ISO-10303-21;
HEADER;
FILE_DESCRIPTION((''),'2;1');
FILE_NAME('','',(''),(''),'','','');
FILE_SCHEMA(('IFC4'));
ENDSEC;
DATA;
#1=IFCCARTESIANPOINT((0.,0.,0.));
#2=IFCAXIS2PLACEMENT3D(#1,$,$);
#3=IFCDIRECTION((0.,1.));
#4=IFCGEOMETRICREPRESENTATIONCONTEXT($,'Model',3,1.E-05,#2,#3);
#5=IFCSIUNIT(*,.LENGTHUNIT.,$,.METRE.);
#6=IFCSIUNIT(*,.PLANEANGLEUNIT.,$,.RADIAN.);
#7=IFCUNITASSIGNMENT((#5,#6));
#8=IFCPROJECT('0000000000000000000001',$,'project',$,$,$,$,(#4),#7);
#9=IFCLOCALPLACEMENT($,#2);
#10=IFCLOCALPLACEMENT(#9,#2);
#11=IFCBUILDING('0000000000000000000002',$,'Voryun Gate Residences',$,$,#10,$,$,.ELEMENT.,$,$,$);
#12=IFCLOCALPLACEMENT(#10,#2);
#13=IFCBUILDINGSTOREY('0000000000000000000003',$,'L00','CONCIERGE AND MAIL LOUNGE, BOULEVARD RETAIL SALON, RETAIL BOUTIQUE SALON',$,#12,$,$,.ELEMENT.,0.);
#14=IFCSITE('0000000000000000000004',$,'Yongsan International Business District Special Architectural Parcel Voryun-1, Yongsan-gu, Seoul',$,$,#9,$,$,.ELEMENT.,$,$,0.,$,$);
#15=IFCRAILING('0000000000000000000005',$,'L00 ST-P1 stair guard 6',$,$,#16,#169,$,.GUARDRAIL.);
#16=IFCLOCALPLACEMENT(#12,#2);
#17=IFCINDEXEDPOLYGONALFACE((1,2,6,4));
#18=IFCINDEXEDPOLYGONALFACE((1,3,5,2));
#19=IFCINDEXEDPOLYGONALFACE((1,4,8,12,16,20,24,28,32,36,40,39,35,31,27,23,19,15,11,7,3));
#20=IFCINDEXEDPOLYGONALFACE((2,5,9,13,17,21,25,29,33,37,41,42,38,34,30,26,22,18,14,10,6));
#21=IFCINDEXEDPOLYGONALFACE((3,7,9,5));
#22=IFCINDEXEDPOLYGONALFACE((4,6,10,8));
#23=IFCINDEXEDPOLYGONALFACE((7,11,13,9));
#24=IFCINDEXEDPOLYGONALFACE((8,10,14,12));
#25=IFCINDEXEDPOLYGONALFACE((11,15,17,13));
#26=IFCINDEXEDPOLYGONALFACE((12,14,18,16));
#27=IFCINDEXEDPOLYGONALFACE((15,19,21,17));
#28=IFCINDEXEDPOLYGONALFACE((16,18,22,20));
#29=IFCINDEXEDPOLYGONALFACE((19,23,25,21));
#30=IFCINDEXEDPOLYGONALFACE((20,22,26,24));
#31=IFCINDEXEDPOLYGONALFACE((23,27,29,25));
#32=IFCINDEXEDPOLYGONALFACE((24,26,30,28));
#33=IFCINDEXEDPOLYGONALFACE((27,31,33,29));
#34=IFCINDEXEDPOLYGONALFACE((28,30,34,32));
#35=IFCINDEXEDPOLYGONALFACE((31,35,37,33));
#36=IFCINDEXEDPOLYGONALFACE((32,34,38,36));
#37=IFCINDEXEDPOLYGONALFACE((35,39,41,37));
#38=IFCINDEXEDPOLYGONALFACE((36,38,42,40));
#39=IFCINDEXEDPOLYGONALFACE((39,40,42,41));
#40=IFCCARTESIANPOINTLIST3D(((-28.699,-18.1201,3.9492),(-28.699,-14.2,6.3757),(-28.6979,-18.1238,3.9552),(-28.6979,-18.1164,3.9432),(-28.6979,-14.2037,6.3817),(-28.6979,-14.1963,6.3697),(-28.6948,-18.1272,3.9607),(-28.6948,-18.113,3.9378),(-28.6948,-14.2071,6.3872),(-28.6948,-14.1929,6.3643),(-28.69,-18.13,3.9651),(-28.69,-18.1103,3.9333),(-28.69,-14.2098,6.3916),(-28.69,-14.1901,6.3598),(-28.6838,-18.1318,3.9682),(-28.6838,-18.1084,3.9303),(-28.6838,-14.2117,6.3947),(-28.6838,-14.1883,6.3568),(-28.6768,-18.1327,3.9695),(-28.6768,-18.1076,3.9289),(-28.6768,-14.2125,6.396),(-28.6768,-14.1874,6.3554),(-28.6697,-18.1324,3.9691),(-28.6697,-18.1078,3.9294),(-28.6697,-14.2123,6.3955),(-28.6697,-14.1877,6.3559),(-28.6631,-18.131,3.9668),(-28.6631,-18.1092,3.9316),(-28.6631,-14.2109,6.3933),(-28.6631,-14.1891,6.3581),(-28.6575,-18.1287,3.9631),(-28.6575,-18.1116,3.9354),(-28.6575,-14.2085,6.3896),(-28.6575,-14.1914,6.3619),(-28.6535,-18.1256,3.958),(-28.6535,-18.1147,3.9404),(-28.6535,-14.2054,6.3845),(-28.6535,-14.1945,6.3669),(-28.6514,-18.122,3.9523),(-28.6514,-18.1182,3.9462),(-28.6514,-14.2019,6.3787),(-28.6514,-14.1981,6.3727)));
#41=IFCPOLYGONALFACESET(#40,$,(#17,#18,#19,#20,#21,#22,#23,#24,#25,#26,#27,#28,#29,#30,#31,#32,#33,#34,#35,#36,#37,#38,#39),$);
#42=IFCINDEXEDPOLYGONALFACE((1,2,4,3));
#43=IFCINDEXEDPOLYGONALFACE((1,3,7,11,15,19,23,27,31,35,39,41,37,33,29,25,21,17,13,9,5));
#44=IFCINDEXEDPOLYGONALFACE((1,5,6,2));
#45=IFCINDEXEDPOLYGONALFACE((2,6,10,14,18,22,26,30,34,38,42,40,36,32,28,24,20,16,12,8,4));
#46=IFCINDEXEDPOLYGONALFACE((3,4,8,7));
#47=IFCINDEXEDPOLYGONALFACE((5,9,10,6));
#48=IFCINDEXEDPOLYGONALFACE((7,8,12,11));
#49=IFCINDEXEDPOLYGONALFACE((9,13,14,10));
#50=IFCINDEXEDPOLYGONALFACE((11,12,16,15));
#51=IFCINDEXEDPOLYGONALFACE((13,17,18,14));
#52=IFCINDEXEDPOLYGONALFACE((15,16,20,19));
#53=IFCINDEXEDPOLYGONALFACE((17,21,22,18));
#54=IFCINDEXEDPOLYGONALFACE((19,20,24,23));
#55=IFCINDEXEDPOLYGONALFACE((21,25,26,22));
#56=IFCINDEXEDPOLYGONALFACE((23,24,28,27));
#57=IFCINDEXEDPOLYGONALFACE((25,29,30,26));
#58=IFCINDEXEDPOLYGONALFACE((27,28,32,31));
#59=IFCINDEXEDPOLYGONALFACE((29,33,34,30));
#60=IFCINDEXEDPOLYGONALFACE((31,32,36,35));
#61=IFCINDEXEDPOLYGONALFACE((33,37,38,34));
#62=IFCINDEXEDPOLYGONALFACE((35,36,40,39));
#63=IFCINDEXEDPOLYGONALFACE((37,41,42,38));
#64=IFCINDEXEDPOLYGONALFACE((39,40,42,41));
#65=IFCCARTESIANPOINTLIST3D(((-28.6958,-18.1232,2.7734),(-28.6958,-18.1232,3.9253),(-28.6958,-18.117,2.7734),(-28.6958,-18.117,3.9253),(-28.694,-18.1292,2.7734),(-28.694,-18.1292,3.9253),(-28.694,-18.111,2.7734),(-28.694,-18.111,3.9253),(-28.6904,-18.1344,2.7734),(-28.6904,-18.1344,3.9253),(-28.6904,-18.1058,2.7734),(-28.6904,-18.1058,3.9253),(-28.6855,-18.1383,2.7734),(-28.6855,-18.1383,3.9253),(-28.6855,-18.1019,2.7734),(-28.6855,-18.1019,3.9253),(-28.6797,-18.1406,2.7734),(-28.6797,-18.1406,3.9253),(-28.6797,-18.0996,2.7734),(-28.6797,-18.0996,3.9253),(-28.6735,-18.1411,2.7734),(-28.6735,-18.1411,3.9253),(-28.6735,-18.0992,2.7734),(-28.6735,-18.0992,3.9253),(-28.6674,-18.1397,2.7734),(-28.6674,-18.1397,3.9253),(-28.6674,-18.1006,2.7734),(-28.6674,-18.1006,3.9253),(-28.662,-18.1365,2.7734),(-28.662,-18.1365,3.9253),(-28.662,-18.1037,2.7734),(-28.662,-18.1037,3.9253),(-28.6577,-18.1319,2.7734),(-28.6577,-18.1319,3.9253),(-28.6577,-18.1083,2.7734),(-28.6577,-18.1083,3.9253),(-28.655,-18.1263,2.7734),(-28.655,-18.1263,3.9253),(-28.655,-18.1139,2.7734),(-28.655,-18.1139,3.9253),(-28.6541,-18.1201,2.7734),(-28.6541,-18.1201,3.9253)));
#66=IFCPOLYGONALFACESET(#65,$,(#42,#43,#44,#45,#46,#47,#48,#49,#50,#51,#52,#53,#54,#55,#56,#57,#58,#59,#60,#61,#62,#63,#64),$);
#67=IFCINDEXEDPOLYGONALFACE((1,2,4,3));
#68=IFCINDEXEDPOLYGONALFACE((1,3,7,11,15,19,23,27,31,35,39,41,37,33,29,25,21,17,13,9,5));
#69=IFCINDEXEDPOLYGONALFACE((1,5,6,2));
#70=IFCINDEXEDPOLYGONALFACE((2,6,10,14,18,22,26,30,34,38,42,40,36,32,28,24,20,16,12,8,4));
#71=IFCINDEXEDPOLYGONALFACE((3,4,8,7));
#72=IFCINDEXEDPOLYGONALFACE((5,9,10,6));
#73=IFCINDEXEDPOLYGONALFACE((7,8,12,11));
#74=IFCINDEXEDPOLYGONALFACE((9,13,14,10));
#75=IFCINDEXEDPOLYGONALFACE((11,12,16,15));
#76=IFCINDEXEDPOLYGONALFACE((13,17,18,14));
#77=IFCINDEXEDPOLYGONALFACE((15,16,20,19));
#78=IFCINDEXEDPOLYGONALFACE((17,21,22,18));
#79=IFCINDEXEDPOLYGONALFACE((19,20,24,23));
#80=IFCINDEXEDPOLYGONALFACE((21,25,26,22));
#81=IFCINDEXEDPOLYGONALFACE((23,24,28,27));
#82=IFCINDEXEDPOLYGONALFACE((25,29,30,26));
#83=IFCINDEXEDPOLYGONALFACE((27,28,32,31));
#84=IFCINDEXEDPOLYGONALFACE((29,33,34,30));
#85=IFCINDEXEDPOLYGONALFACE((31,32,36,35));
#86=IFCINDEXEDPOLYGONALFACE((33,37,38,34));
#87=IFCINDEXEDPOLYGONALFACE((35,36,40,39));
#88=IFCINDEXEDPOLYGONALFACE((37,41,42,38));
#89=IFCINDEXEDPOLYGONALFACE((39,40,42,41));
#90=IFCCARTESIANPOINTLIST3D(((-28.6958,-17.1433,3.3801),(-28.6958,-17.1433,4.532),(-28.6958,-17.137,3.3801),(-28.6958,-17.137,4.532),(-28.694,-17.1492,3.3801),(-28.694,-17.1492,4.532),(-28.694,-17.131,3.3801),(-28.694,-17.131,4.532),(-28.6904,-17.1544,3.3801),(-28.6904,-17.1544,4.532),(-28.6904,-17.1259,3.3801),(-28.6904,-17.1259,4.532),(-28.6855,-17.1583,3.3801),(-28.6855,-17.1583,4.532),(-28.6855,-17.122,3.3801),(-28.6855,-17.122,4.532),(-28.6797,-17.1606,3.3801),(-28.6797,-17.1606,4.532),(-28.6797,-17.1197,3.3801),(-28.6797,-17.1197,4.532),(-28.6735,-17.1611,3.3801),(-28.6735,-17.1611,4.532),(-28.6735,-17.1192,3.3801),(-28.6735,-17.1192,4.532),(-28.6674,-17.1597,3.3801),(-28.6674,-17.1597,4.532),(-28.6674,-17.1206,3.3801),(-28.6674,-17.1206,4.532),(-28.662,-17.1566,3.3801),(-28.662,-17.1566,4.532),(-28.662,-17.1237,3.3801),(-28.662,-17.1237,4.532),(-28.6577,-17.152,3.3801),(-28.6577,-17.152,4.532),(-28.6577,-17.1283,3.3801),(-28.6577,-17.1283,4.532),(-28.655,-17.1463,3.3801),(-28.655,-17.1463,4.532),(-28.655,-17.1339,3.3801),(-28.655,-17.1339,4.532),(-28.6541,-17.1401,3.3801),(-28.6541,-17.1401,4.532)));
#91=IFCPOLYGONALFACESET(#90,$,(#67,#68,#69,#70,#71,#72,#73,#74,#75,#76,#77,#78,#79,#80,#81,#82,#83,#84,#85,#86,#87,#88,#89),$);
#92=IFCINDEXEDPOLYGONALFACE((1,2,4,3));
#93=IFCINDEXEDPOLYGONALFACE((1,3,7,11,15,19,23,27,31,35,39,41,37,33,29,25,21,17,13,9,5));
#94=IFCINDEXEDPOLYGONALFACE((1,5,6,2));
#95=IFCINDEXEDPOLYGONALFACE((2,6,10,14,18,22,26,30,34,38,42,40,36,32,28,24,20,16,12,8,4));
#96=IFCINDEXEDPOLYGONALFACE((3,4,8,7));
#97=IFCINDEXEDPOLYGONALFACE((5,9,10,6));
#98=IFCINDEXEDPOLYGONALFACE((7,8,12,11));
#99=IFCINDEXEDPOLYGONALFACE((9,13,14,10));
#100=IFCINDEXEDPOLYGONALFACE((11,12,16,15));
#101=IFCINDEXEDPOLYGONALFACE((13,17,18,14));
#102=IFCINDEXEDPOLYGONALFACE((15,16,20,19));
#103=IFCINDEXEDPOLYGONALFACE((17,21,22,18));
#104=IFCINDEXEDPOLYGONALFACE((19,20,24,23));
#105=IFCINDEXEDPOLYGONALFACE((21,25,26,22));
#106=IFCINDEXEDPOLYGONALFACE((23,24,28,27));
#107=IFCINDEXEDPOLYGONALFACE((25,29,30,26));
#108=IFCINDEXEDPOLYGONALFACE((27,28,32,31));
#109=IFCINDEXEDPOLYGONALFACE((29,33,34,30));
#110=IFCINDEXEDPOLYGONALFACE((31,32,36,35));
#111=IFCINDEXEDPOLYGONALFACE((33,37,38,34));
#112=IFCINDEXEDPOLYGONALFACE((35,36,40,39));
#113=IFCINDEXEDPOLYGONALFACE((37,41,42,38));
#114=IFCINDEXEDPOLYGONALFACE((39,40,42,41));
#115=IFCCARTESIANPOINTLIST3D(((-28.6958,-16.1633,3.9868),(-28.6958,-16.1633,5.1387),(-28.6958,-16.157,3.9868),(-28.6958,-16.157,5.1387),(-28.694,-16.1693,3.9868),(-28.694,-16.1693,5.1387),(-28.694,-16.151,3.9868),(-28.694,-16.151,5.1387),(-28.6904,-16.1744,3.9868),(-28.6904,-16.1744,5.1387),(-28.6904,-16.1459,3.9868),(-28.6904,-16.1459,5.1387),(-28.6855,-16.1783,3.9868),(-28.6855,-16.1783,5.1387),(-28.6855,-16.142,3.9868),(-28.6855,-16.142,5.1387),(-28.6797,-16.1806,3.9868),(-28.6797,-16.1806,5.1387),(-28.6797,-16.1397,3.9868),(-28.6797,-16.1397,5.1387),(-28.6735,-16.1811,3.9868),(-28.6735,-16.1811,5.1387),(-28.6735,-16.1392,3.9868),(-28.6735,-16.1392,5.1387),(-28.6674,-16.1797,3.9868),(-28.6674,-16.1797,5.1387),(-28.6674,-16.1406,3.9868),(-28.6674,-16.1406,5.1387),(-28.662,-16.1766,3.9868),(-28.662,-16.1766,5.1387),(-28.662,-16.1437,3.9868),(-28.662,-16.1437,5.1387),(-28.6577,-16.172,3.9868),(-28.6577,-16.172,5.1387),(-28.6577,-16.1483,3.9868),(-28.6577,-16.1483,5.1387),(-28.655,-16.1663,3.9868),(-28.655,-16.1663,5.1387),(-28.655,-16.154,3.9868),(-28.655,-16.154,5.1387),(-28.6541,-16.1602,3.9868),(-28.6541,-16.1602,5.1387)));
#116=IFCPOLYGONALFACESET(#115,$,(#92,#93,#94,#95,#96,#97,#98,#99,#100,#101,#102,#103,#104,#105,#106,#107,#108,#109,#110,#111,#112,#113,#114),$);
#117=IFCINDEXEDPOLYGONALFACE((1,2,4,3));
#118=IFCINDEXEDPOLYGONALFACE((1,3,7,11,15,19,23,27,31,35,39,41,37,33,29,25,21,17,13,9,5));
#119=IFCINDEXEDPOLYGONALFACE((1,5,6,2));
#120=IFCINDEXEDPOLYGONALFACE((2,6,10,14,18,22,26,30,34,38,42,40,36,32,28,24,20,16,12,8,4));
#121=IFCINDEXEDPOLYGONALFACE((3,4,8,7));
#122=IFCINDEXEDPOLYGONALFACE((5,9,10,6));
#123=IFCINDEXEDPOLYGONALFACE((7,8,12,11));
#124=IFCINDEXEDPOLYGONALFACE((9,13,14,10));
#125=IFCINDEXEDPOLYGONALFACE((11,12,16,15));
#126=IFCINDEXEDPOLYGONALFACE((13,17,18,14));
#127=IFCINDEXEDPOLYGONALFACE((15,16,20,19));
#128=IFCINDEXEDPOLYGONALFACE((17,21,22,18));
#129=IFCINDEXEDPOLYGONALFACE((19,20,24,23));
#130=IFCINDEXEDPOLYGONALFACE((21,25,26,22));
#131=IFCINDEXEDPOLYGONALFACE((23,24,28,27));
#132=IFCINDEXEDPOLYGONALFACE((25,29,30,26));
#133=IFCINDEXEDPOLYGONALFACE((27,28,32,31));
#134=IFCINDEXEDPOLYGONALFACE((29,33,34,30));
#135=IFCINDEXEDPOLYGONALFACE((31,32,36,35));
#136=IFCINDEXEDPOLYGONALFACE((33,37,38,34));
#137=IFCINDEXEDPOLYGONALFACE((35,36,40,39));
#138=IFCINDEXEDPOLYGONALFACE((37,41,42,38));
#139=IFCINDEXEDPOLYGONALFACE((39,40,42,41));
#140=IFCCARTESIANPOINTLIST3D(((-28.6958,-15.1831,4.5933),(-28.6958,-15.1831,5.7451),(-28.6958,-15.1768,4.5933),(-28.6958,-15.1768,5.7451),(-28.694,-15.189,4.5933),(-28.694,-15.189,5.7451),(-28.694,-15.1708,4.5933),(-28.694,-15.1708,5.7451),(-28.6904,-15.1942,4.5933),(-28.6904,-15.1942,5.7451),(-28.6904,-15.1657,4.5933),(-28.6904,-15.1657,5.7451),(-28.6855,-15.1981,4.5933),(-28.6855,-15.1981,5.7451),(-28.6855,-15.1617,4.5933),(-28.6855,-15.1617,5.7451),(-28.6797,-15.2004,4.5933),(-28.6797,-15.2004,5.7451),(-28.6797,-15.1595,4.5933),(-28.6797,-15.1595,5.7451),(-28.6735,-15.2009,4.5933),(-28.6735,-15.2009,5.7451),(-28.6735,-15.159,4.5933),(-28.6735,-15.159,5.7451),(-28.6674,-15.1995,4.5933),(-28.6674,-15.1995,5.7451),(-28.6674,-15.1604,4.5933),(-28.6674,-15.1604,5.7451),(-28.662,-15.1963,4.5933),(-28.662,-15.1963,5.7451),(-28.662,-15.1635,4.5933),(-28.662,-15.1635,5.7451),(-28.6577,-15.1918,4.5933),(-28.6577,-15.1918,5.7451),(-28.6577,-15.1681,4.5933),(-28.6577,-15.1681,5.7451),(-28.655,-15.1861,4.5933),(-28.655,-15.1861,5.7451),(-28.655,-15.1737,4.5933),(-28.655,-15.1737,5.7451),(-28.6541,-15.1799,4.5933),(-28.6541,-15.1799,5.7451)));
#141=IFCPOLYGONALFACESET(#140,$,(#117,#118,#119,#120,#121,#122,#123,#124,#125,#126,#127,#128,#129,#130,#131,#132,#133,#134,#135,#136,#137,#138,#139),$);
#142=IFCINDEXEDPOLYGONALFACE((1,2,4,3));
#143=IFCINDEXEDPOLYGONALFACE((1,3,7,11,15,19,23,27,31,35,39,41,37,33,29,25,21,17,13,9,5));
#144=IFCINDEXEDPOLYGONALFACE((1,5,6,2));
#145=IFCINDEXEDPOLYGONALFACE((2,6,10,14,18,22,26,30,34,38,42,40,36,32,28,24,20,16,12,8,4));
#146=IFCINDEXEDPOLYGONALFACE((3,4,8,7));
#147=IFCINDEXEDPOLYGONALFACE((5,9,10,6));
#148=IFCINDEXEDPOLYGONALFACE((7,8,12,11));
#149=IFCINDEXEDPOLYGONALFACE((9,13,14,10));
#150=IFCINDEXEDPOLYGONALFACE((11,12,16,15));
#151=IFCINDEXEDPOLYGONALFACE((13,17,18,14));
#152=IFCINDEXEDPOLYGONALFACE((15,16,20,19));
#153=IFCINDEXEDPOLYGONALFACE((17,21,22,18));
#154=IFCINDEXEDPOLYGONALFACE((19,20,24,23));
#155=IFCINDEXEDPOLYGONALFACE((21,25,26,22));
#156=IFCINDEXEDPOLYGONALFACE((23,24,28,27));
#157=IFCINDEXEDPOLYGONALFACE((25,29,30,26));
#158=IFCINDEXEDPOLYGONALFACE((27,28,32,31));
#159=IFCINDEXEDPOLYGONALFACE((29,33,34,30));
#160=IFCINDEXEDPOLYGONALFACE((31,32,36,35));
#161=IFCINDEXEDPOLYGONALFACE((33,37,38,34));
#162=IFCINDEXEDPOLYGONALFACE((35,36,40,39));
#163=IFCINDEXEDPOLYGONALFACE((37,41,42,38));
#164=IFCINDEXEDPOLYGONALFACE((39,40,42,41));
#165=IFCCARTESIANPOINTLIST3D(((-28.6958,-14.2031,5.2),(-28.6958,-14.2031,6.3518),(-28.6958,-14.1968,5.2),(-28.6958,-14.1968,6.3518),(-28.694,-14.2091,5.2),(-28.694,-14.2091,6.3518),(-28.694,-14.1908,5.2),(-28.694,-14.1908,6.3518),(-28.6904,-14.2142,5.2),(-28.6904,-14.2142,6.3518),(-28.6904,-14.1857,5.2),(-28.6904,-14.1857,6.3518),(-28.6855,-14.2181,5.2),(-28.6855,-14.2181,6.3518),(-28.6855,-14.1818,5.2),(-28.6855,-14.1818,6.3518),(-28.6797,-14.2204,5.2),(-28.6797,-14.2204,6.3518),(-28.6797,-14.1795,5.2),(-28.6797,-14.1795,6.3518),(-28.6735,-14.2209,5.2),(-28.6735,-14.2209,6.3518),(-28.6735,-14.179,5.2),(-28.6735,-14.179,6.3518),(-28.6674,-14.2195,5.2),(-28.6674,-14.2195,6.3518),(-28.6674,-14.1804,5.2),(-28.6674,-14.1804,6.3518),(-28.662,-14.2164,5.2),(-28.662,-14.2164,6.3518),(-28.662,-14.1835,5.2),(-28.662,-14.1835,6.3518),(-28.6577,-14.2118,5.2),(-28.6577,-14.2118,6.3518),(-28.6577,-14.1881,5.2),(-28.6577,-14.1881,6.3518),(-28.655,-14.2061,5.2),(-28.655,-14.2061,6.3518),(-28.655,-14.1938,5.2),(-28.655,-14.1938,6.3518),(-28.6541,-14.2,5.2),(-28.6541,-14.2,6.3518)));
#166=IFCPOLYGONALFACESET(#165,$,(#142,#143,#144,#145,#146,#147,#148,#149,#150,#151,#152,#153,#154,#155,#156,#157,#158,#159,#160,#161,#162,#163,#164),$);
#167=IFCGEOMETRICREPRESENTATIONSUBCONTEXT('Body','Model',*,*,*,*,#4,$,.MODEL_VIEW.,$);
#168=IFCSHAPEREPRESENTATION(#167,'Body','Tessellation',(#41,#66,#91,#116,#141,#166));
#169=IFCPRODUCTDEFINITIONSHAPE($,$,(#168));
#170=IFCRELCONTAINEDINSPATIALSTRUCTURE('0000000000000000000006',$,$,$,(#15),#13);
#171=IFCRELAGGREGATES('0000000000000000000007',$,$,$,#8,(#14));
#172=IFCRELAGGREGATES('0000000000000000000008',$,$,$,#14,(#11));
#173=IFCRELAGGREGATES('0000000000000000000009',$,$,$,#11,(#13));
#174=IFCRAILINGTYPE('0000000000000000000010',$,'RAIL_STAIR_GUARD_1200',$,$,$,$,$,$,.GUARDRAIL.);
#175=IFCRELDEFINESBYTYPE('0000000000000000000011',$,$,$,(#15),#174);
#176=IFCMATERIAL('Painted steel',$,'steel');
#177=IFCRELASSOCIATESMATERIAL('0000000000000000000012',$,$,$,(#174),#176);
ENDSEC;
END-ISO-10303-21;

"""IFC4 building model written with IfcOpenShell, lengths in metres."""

from ifc_helpers import new_model, si_unit, direction, frame, origin, origin_2d, place, context, subcontext, project, spatial, circle, extrude, material, type_object, element, save


model = new_model("IFC4")

# Units and contexts
model_context = context("Model", 3, precision=1e-05, world=origin(), true_north=direction((0.0, 1.0)))
body_context = subcontext(model_context, "Body", "Model", "MODEL_VIEW")
ifc_project = project(units=[si_unit("LENGTHUNIT", "METRE"), si_unit("PLANEANGLEUNIT", "RADIAN")], contexts=[model_context])

# Site, building, storey
site_placement = place(None, origin())
site = spatial("IfcSite", under=ifc_project, at=site_placement, Name="Yongsan International Business District Special Architectural Parcel Voryun-1, Yongsan-gu, Seoul", CompositionType="ELEMENT", RefElevation=0.0)
building_placement = place(site_placement, origin())
building = spatial("IfcBuilding", under=site, at=building_placement, Name="Voryun Gate Residences", CompositionType="ELEMENT")
storey_placement = place(building_placement, origin())
storey = spatial("IfcBuildingStorey", under=building, at=storey_placement, Name="L00", Description="CONCIERGE AND MAIL LOUNGE, BOULEVARD RETAIL SALON, RETAIL BOUTIQUE SALON", CompositionType="ELEMENT", Elevation=0.0)

# Railing
ifc_material_1 = material(Name="Painted steel", Category="steel")
railing_type_1 = type_object("IfcRailingType", Name="RAIL_STAIR_GUARD_1200", PredefinedType="GUARDRAIL", material=ifc_material_1)
railing_1_placement = place(storey_placement, frame((-28.675, -18.1201, 2.7734)))
element("IfcRailing", 1, at=railing_1_placement, inside=storey, type_object=railing_type_1, Name="L00 ST-P1 stair guard 6", PredefinedType="GUARDRAIL", context=body_context, shape_type="SweptSolid", body=[
    extrude(circle(Radius=0.0239, at=origin_2d()), frame((0.0, 0.0, 1.1758), z_axis=(0.0, 0.85029, 0.526315), x_axis=(-1.0, 0.0, 0.0)), (0.0, 0.0, 1.0), 4.6104),
    extrude(circle(Radius=0.021, at=origin_2d()), origin(), (0.0, 0.0, 1.0), 1.1519),
    extrude(circle(Radius=0.021, at=origin_2d()), frame((0.0, 0.98, 0.6067)), (0.0, 0.0, 1.0), 1.1519),
    extrude(circle(Radius=0.021, at=origin_2d()), frame((0.0, 1.96, 1.2134)), (0.0, 0.0, 1.0), 1.1519),
    extrude(circle(Radius=0.021, at=origin_2d()), frame((0.0, 2.9402, 1.8198)), (0.0, 0.0, 1.0), 1.1519),
    extrude(circle(Radius=0.021, at=origin_2d()), frame((0.0, 3.9202, 2.4265)), (0.0, 0.0, 1.0), 1.1519),
])

save(model, "model.ifc")
